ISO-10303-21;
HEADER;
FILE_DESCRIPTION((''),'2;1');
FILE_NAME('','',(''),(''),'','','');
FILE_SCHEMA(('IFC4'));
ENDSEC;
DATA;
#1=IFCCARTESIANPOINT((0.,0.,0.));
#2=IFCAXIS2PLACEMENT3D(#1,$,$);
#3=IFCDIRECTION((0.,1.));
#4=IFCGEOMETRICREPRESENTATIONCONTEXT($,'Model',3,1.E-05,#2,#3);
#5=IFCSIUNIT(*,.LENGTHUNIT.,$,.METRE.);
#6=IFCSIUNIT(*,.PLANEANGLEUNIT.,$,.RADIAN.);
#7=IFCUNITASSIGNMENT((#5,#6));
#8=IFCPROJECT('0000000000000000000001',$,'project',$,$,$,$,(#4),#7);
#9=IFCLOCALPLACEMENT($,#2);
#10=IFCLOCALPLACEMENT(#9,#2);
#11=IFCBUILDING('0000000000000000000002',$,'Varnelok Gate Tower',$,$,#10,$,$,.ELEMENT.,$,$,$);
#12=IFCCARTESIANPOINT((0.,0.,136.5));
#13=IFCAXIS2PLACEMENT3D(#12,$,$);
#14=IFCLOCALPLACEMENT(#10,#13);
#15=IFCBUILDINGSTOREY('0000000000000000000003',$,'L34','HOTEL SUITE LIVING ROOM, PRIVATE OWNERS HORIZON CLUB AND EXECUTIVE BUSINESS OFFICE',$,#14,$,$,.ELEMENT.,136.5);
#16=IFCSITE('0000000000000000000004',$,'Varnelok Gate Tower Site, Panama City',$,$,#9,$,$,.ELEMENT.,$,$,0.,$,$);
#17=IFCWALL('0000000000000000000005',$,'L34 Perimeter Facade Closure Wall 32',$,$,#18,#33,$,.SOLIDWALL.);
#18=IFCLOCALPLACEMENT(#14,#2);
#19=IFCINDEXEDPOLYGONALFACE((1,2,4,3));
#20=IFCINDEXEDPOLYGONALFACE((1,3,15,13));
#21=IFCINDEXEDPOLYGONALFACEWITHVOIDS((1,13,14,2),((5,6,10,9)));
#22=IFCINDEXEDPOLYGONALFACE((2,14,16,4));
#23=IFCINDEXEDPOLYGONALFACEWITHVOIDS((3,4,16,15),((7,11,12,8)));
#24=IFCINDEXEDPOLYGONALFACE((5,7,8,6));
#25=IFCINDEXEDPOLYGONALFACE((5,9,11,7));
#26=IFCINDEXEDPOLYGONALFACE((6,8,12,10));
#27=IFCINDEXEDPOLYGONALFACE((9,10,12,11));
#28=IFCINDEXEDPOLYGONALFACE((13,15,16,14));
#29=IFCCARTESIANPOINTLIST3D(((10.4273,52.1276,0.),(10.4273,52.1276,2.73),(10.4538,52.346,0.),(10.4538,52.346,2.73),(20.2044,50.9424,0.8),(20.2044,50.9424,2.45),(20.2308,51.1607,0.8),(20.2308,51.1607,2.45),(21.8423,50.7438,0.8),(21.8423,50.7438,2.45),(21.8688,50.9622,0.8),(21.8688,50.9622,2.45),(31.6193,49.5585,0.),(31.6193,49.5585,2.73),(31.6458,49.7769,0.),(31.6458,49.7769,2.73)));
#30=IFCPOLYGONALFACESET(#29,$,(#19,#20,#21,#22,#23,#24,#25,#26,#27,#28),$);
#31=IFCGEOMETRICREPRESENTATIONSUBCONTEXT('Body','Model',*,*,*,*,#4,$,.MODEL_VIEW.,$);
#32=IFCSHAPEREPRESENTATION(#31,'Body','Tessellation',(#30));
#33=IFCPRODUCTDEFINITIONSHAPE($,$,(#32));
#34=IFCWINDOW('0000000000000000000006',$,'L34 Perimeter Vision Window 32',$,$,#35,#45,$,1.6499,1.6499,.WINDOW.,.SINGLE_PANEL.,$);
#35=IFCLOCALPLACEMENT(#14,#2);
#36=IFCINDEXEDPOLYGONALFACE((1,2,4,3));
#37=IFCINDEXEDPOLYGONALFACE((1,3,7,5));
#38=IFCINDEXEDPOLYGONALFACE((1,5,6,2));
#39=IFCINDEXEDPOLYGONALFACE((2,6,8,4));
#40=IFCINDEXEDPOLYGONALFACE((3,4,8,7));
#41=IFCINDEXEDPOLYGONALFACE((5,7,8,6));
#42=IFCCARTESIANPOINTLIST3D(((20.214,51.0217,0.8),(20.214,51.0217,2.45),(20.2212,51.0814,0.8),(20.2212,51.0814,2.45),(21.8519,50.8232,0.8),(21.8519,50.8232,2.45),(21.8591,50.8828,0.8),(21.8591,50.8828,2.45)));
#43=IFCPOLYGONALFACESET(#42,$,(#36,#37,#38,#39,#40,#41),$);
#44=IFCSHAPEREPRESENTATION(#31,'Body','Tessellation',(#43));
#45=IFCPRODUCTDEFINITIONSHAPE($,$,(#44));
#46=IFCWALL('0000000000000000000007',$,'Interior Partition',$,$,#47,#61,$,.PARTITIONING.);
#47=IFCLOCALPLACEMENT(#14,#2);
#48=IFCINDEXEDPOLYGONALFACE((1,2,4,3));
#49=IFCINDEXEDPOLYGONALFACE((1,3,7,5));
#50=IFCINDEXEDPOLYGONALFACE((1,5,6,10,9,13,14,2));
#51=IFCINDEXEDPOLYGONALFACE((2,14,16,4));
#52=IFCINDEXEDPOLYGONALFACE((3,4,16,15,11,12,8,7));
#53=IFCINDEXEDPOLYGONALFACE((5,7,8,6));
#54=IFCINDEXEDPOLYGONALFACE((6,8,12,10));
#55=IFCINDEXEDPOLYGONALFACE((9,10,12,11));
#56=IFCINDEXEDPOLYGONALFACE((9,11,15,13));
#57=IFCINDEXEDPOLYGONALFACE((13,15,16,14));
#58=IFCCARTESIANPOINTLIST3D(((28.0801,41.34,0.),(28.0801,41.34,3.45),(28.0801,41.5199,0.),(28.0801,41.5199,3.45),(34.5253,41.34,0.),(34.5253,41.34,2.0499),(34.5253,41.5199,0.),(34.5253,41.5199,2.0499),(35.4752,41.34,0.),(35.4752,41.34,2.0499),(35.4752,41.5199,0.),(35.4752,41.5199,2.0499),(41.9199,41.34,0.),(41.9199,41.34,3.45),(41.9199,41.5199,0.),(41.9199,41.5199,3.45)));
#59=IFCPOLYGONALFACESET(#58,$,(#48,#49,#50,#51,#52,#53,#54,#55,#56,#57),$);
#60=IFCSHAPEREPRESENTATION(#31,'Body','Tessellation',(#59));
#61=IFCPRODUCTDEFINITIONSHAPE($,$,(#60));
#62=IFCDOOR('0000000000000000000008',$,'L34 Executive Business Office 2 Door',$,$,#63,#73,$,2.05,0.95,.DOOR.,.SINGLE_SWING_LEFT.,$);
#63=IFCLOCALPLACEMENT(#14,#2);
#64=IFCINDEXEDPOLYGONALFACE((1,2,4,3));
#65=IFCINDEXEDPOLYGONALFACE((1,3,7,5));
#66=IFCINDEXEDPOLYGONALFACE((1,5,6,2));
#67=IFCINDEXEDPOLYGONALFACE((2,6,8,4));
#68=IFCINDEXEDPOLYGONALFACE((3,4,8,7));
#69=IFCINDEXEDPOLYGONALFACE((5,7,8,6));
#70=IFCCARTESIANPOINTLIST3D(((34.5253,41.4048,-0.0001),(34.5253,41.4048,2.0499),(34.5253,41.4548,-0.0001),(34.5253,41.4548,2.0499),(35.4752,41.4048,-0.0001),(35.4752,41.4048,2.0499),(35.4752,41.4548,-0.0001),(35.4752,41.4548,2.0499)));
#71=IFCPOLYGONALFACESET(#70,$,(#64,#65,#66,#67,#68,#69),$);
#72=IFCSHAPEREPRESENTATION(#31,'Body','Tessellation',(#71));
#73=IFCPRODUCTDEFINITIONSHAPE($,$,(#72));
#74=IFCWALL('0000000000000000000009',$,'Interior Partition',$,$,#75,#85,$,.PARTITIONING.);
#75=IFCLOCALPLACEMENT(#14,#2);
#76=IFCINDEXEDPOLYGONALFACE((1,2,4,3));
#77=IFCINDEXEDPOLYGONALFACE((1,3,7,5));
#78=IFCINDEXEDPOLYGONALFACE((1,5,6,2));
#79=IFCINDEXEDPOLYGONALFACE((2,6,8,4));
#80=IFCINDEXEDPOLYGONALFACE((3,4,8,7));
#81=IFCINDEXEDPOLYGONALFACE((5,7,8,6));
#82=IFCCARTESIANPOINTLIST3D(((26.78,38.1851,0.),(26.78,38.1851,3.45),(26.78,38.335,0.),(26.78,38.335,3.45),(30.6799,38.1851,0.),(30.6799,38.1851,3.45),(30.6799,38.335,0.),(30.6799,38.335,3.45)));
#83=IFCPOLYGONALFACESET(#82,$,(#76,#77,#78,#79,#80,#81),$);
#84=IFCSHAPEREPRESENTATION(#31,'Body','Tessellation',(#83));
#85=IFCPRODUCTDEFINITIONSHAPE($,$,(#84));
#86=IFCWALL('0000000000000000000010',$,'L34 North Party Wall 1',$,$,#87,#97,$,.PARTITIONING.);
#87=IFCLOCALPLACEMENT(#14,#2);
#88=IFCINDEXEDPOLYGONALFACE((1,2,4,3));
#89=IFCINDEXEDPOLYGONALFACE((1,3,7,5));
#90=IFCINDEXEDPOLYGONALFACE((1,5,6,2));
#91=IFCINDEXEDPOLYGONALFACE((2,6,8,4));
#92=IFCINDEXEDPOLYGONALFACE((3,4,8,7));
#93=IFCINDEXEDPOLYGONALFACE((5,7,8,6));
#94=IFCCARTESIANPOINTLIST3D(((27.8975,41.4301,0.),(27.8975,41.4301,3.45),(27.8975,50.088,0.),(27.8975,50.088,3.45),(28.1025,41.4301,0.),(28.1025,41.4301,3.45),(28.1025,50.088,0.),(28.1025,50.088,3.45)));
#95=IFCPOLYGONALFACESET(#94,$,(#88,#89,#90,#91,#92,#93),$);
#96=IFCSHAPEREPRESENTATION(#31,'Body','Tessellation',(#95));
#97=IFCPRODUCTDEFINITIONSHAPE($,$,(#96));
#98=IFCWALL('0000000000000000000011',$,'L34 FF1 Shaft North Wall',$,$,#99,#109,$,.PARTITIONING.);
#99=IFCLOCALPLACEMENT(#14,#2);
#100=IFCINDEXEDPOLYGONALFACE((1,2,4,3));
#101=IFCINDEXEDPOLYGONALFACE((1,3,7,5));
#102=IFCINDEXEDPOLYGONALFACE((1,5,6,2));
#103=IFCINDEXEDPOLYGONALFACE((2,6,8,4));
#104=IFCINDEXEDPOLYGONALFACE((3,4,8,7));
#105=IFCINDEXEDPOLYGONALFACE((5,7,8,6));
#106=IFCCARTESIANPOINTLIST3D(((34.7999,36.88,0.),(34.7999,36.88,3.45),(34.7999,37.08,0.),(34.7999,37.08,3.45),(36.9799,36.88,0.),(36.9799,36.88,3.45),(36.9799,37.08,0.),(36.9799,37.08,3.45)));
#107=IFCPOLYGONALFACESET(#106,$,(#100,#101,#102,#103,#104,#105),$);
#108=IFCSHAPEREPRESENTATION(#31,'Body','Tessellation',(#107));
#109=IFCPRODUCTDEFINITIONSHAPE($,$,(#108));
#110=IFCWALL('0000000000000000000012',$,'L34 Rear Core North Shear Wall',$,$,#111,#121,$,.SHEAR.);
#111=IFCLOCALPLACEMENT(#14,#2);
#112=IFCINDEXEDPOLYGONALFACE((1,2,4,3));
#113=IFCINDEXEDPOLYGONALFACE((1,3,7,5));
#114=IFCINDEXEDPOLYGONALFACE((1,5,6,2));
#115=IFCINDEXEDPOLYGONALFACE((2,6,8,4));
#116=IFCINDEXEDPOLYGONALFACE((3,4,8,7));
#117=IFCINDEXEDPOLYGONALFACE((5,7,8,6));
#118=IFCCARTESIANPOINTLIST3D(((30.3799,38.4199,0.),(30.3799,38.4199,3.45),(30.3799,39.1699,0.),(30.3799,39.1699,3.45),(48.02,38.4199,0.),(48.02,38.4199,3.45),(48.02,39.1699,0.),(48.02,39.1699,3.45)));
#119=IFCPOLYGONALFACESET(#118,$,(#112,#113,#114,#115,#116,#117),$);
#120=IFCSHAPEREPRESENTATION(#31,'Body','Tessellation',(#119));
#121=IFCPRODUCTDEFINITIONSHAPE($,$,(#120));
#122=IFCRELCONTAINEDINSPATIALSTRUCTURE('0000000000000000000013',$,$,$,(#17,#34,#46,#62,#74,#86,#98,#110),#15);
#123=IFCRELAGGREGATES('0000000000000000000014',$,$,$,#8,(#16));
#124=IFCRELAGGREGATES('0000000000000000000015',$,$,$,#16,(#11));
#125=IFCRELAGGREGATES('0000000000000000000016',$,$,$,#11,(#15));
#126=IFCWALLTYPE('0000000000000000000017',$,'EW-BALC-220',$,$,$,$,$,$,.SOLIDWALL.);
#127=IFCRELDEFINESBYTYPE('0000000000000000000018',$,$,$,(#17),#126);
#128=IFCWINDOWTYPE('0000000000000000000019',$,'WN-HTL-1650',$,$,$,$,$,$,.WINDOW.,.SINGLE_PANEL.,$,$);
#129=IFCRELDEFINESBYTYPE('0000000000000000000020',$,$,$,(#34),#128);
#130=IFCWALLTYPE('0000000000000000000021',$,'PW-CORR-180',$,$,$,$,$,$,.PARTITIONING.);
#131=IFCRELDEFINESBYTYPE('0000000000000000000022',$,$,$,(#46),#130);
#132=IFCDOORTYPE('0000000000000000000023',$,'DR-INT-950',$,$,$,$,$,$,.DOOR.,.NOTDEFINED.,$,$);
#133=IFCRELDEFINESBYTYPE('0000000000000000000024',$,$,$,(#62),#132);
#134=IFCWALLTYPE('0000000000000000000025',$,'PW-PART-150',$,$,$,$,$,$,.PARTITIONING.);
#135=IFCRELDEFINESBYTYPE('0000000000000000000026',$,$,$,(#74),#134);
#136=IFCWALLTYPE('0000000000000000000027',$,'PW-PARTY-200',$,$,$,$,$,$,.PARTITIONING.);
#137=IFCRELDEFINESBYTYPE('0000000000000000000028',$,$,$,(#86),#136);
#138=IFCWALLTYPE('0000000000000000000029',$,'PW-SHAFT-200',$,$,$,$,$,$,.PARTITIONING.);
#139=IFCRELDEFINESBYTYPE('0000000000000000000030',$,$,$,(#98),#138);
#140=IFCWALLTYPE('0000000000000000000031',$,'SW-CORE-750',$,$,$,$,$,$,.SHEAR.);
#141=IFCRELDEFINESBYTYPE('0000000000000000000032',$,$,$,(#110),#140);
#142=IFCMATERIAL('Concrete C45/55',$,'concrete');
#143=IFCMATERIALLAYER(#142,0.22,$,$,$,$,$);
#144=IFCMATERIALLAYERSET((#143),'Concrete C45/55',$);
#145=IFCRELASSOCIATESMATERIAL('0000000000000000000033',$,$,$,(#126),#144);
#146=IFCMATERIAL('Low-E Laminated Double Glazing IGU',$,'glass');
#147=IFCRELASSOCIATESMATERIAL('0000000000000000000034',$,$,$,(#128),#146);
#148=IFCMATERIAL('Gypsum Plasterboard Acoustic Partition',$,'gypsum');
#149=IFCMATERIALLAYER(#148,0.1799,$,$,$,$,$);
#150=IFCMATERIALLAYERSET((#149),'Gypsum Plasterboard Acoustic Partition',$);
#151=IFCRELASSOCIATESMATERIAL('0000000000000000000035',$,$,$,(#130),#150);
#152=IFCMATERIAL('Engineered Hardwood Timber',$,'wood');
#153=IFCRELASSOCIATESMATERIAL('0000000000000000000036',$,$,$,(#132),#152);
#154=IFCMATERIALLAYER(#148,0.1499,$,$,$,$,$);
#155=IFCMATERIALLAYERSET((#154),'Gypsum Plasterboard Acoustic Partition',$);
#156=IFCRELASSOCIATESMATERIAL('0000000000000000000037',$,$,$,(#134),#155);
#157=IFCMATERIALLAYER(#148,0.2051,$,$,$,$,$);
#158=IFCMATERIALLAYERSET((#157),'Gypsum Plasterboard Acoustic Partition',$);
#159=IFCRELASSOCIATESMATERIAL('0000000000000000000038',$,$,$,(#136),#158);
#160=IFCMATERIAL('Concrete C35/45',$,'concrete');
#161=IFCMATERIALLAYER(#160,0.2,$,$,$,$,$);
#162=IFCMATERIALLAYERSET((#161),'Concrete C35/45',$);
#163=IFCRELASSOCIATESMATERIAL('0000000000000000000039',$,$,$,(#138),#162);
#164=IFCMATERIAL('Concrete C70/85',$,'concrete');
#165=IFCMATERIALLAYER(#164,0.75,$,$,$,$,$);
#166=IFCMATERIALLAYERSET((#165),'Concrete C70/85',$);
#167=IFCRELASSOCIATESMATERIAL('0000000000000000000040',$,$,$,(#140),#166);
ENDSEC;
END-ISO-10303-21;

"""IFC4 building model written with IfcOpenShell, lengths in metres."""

from ifc_helpers import new_model, si_unit, direction, frame, frame_2d, origin, place, context, subcontext, project, spatial, rectangle, extrude, material, layer, layer_set, type_object, element, fill, save


model = new_model("IFC4")

# Units and contexts
model_context = context("Model", 3, precision=1e-05, world=origin(), true_north=direction((0.0, 1.0)))
body_context = subcontext(model_context, "Body", "Model", "MODEL_VIEW")
ifc_project = project(units=[si_unit("LENGTHUNIT", "METRE"), si_unit("PLANEANGLEUNIT", "RADIAN")], contexts=[model_context])

# Site, building, storey
site_placement = place(None, origin())
site = spatial("IfcSite", under=ifc_project, at=site_placement, Name="Varnelok Gate Tower Site, Panama City", CompositionType="ELEMENT", RefElevation=0.0)
building_placement = place(site_placement, origin())
building = spatial("IfcBuilding", under=site, at=building_placement, Name="Varnelok Gate Tower", CompositionType="ELEMENT")
storey_placement = place(building_placement, frame((0.0, 0.0, 136.5)))
storey = spatial("IfcBuildingStorey", under=building, at=storey_placement, Name="L34", Description="HOTEL SUITE LIVING ROOM, PRIVATE OWNERS HORIZON CLUB AND EXECUTIVE BUSINESS OFFICE", CompositionType="ELEMENT", Elevation=136.5)

# Shared definitions
ifc_material_1 = material(Name="Concrete C70/85", Category="concrete")

# Shared definitions
ifc_material_2 = material(Name="Concrete C45/55", Category="concrete")
ifc_layer_1 = layer(ifc_material_2, 0.22)
ifc_layer_set_1 = layer_set([ifc_layer_1], Name="Concrete C45/55")
wall_type_1 = type_object("IfcWallType", Name="EW-BALC-220", PredefinedType="SOLIDWALL", material=ifc_layer_set_1)

# Wall, opening, window
wall_1_placement = place(storey_placement, frame((31.6326, 49.6677, 0.0), z_axis=(0.0, 0.0, 1.0), x_axis=(-0.992732, 0.120349, 0.0)))
wall_1 = element("IfcWall", 1, at=wall_1_placement, inside=storey, type_object=wall_type_1, Name="L34 Perimeter Facade Closure Wall 32", PredefinedType="SOLIDWALL", context=body_context, shape_type="SweptSolid", body=[
    extrude(rectangle(XDim=21.3472, YDim=0.22, at=frame_2d((10.6736, 0.0))), origin(), (0.0, 0.0, 1.0), 2.73),
])
opening_1_placement = place(wall_1_placement, frame((9.8486, 0.0, 0.8)))
opening_1 = element("IfcOpeningElement", 2, at=opening_1_placement, cuts=wall_1, PredefinedType="OPENING", context=body_context, shape_type="SweptSolid", body=[
    extrude(rectangle(XDim=1.6499, YDim=1.6499, at=frame_2d((0.825, 0.825))), frame((0.0, 0.1199, 0.0), z_axis=(0.0, -1.0, 0.0), x_axis=(1.0, 0.0, 0.0)), (0.0, 0.0, 1.0), 0.24),
])
ifc_material_3 = material(Name="Low-E Laminated Double Glazing IGU", Category="glass")
window_type = type_object("IfcWindowType", Name="WN-HTL-1650", PartitioningType="SINGLE_PANEL", PredefinedType="WINDOW", material=ifc_material_3)
window_placement = place(opening_1_placement, origin())
window = element("IfcWindow", 3, at=window_placement, inside=storey, type_object=window_type, Name="L34 Perimeter Vision Window 32", OverallHeight=1.6499, OverallWidth=1.6499, PartitioningType="SINGLE_PANEL", PredefinedType="WINDOW", context=body_context, shape_type="SweptSolid", body=[
    extrude(rectangle(XDim=1.6499, YDim=1.6499, at=frame_2d((0.825, 0.825))), frame((0.0, 0.03, 0.0), z_axis=(0.0, -1.0, 0.0), x_axis=(1.0, 0.0, 0.0)), (0.0, 0.0, 1.0), 0.0601),
])
fill(opening_1, window)

# Wall, opening, door
ifc_material_4 = material(Name="Gypsum Plasterboard Acoustic Partition", Category="gypsum")
ifc_layer_2 = layer(ifc_material_4, 0.1799)
ifc_layer_set_2 = layer_set([ifc_layer_2], Name="Gypsum Plasterboard Acoustic Partition")
wall_type_2 = type_object("IfcWallType", Name="PW-CORR-180", PredefinedType="PARTITIONING", material=ifc_layer_set_2)
wall_2_placement = place(storey_placement, frame((28.0801, 41.4299, 0.0), z_axis=(0.0, 0.0, 1.0), x_axis=(1.0, 0.0, 0.0)))
wall_2 = element("IfcWall", 4, at=wall_2_placement, inside=storey, type_object=wall_type_2, Name="Interior Partition", PredefinedType="PARTITIONING", context=body_context, shape_type="SweptSolid", body=[
    extrude(rectangle(XDim=13.8398, YDim=0.1799, at=frame_2d((6.9199, 0.0))), origin(), (0.0, 0.0, 1.0), 3.45),
])
opening_2_placement = place(wall_2_placement, frame((6.4451, 0.0, 0.0)))
opening_2 = element("IfcOpeningElement", 5, at=opening_2_placement, cuts=wall_2, PredefinedType="OPENING", context=body_context, shape_type="SweptSolid", body=[
    extrude(rectangle(XDim=0.95, YDim=2.05, at=frame_2d((0.4751, 1.0249))), frame((0.0, 0.0999, 0.0), z_axis=(0.0, -1.0, 0.0), x_axis=(1.0, 0.0, 0.0)), (0.0, 0.0, 1.0), 0.2),
])
ifc_material_5 = material(Name="Engineered Hardwood Timber", Category="wood")
door_type_1 = type_object("IfcDoorType", Name="DR-INT-950", OperationType="NOTDEFINED", PredefinedType="DOOR", material=ifc_material_5)
door_1_placement = place(opening_2_placement, origin())
door_1 = element("IfcDoor", 6, at=door_1_placement, inside=storey, type_object=door_type_1, Name="L34 Executive Business Office 2 Door", OperationType="SINGLE_SWING_LEFT", OverallHeight=2.05, OverallWidth=0.95, PredefinedType="DOOR", context=body_context, shape_type="SweptSolid", body=[
    extrude(rectangle(XDim=0.95, YDim=2.05, at=frame_2d((0.4751, 1.0249))), frame((0.0, 0.0249, 0.0), z_axis=(0.0, -1.0, 0.0), x_axis=(1.0, 0.0, 0.0)), (0.0, 0.0, 1.0), 0.05),
])
fill(opening_2, door_1)

# Walls
ifc_layer_3 = layer(ifc_material_4, 0.1499)
ifc_layer_set_3 = layer_set([ifc_layer_3], Name="Gypsum Plasterboard Acoustic Partition")
wall_type_3 = type_object("IfcWallType", Name="PW-PART-150", PredefinedType="PARTITIONING", material=ifc_layer_set_3)
wall_3_placement = place(storey_placement, frame((26.78, 38.26, 0.0), z_axis=(0.0, 0.0, 1.0), x_axis=(1.0, 0.0, 0.0)))
element("IfcWall", 7, at=wall_3_placement, inside=storey, type_object=wall_type_3, Name="Interior Partition", PredefinedType="PARTITIONING", context=body_context, shape_type="SweptSolid", body=[
    extrude(rectangle(XDim=3.8999, YDim=0.1499, at=frame_2d((1.95, 0.0))), origin(), (0.0, 0.0, 1.0), 3.45),
])
ifc_layer_4 = layer(ifc_material_4, 0.2051)
ifc_layer_set_4 = layer_set([ifc_layer_4], Name="Gypsum Plasterboard Acoustic Partition")
wall_type_4 = type_object("IfcWallType", Name="PW-PARTY-200", PredefinedType="PARTITIONING", material=ifc_layer_set_4)
wall_4_placement = place(storey_placement, frame((28.0, 41.4299, 0.0), z_axis=(0.0, 0.0, 1.0), x_axis=(0.0, 1.0, 0.0)))
element("IfcWall", 8, at=wall_4_placement, inside=storey, type_object=wall_type_4, Name="L34 North Party Wall 1", PredefinedType="PARTITIONING", context=body_context, shape_type="SweptSolid", body=[
    extrude(rectangle(XDim=8.658, YDim=0.2051, at=frame_2d((4.3291, 0.0))), origin(), (0.0, 0.0, 1.0), 3.45),
])
ifc_material_6 = material(Name="Concrete C35/45", Category="concrete")
ifc_layer_5 = layer(ifc_material_6, 0.2)
ifc_layer_set_5 = layer_set([ifc_layer_5], Name="Concrete C35/45")
wall_type_5 = type_object("IfcWallType", Name="PW-SHAFT-200", PredefinedType="PARTITIONING", material=ifc_layer_set_5)
wall_5_placement = place(storey_placement, frame((34.8, 36.98, 0.0), z_axis=(0.0, 0.0, 1.0), x_axis=(1.0, 0.0, 0.0)))
element("IfcWall", 9, at=wall_5_placement, inside=storey, type_object=wall_type_5, Name="L34 FF1 Shaft North Wall", PredefinedType="PARTITIONING", context=body_context, shape_type="SweptSolid", body=[
    extrude(rectangle(XDim=2.1799, YDim=0.2, at=frame_2d((1.0898, 0.0))), origin(), (0.0, 0.0, 1.0), 3.45),
])
ifc_layer_6 = layer(ifc_material_1, 0.75)
ifc_layer_set_6 = layer_set([ifc_layer_6], Name="Concrete C70/85")
wall_type_6 = type_object("IfcWallType", Name="SW-CORE-750", PredefinedType="SHEAR", material=ifc_layer_set_6)
wall_6_placement = place(storey_placement, frame((30.3799, 38.7949, 0.0), z_axis=(0.0, 0.0, 1.0), x_axis=(1.0, 0.0, 0.0)))
element("IfcWall", 10, at=wall_6_placement, inside=storey, type_object=wall_type_6, Name="L34 Rear Core North Shear Wall", PredefinedType="SHEAR", context=body_context, shape_type="SweptSolid", body=[
    extrude(rectangle(XDim=17.6401, YDim=0.75, at=frame_2d((8.8201, 0.0))), origin(), (0.0, 0.0, 1.0), 3.45),
])

save(model, "model.ifc")
